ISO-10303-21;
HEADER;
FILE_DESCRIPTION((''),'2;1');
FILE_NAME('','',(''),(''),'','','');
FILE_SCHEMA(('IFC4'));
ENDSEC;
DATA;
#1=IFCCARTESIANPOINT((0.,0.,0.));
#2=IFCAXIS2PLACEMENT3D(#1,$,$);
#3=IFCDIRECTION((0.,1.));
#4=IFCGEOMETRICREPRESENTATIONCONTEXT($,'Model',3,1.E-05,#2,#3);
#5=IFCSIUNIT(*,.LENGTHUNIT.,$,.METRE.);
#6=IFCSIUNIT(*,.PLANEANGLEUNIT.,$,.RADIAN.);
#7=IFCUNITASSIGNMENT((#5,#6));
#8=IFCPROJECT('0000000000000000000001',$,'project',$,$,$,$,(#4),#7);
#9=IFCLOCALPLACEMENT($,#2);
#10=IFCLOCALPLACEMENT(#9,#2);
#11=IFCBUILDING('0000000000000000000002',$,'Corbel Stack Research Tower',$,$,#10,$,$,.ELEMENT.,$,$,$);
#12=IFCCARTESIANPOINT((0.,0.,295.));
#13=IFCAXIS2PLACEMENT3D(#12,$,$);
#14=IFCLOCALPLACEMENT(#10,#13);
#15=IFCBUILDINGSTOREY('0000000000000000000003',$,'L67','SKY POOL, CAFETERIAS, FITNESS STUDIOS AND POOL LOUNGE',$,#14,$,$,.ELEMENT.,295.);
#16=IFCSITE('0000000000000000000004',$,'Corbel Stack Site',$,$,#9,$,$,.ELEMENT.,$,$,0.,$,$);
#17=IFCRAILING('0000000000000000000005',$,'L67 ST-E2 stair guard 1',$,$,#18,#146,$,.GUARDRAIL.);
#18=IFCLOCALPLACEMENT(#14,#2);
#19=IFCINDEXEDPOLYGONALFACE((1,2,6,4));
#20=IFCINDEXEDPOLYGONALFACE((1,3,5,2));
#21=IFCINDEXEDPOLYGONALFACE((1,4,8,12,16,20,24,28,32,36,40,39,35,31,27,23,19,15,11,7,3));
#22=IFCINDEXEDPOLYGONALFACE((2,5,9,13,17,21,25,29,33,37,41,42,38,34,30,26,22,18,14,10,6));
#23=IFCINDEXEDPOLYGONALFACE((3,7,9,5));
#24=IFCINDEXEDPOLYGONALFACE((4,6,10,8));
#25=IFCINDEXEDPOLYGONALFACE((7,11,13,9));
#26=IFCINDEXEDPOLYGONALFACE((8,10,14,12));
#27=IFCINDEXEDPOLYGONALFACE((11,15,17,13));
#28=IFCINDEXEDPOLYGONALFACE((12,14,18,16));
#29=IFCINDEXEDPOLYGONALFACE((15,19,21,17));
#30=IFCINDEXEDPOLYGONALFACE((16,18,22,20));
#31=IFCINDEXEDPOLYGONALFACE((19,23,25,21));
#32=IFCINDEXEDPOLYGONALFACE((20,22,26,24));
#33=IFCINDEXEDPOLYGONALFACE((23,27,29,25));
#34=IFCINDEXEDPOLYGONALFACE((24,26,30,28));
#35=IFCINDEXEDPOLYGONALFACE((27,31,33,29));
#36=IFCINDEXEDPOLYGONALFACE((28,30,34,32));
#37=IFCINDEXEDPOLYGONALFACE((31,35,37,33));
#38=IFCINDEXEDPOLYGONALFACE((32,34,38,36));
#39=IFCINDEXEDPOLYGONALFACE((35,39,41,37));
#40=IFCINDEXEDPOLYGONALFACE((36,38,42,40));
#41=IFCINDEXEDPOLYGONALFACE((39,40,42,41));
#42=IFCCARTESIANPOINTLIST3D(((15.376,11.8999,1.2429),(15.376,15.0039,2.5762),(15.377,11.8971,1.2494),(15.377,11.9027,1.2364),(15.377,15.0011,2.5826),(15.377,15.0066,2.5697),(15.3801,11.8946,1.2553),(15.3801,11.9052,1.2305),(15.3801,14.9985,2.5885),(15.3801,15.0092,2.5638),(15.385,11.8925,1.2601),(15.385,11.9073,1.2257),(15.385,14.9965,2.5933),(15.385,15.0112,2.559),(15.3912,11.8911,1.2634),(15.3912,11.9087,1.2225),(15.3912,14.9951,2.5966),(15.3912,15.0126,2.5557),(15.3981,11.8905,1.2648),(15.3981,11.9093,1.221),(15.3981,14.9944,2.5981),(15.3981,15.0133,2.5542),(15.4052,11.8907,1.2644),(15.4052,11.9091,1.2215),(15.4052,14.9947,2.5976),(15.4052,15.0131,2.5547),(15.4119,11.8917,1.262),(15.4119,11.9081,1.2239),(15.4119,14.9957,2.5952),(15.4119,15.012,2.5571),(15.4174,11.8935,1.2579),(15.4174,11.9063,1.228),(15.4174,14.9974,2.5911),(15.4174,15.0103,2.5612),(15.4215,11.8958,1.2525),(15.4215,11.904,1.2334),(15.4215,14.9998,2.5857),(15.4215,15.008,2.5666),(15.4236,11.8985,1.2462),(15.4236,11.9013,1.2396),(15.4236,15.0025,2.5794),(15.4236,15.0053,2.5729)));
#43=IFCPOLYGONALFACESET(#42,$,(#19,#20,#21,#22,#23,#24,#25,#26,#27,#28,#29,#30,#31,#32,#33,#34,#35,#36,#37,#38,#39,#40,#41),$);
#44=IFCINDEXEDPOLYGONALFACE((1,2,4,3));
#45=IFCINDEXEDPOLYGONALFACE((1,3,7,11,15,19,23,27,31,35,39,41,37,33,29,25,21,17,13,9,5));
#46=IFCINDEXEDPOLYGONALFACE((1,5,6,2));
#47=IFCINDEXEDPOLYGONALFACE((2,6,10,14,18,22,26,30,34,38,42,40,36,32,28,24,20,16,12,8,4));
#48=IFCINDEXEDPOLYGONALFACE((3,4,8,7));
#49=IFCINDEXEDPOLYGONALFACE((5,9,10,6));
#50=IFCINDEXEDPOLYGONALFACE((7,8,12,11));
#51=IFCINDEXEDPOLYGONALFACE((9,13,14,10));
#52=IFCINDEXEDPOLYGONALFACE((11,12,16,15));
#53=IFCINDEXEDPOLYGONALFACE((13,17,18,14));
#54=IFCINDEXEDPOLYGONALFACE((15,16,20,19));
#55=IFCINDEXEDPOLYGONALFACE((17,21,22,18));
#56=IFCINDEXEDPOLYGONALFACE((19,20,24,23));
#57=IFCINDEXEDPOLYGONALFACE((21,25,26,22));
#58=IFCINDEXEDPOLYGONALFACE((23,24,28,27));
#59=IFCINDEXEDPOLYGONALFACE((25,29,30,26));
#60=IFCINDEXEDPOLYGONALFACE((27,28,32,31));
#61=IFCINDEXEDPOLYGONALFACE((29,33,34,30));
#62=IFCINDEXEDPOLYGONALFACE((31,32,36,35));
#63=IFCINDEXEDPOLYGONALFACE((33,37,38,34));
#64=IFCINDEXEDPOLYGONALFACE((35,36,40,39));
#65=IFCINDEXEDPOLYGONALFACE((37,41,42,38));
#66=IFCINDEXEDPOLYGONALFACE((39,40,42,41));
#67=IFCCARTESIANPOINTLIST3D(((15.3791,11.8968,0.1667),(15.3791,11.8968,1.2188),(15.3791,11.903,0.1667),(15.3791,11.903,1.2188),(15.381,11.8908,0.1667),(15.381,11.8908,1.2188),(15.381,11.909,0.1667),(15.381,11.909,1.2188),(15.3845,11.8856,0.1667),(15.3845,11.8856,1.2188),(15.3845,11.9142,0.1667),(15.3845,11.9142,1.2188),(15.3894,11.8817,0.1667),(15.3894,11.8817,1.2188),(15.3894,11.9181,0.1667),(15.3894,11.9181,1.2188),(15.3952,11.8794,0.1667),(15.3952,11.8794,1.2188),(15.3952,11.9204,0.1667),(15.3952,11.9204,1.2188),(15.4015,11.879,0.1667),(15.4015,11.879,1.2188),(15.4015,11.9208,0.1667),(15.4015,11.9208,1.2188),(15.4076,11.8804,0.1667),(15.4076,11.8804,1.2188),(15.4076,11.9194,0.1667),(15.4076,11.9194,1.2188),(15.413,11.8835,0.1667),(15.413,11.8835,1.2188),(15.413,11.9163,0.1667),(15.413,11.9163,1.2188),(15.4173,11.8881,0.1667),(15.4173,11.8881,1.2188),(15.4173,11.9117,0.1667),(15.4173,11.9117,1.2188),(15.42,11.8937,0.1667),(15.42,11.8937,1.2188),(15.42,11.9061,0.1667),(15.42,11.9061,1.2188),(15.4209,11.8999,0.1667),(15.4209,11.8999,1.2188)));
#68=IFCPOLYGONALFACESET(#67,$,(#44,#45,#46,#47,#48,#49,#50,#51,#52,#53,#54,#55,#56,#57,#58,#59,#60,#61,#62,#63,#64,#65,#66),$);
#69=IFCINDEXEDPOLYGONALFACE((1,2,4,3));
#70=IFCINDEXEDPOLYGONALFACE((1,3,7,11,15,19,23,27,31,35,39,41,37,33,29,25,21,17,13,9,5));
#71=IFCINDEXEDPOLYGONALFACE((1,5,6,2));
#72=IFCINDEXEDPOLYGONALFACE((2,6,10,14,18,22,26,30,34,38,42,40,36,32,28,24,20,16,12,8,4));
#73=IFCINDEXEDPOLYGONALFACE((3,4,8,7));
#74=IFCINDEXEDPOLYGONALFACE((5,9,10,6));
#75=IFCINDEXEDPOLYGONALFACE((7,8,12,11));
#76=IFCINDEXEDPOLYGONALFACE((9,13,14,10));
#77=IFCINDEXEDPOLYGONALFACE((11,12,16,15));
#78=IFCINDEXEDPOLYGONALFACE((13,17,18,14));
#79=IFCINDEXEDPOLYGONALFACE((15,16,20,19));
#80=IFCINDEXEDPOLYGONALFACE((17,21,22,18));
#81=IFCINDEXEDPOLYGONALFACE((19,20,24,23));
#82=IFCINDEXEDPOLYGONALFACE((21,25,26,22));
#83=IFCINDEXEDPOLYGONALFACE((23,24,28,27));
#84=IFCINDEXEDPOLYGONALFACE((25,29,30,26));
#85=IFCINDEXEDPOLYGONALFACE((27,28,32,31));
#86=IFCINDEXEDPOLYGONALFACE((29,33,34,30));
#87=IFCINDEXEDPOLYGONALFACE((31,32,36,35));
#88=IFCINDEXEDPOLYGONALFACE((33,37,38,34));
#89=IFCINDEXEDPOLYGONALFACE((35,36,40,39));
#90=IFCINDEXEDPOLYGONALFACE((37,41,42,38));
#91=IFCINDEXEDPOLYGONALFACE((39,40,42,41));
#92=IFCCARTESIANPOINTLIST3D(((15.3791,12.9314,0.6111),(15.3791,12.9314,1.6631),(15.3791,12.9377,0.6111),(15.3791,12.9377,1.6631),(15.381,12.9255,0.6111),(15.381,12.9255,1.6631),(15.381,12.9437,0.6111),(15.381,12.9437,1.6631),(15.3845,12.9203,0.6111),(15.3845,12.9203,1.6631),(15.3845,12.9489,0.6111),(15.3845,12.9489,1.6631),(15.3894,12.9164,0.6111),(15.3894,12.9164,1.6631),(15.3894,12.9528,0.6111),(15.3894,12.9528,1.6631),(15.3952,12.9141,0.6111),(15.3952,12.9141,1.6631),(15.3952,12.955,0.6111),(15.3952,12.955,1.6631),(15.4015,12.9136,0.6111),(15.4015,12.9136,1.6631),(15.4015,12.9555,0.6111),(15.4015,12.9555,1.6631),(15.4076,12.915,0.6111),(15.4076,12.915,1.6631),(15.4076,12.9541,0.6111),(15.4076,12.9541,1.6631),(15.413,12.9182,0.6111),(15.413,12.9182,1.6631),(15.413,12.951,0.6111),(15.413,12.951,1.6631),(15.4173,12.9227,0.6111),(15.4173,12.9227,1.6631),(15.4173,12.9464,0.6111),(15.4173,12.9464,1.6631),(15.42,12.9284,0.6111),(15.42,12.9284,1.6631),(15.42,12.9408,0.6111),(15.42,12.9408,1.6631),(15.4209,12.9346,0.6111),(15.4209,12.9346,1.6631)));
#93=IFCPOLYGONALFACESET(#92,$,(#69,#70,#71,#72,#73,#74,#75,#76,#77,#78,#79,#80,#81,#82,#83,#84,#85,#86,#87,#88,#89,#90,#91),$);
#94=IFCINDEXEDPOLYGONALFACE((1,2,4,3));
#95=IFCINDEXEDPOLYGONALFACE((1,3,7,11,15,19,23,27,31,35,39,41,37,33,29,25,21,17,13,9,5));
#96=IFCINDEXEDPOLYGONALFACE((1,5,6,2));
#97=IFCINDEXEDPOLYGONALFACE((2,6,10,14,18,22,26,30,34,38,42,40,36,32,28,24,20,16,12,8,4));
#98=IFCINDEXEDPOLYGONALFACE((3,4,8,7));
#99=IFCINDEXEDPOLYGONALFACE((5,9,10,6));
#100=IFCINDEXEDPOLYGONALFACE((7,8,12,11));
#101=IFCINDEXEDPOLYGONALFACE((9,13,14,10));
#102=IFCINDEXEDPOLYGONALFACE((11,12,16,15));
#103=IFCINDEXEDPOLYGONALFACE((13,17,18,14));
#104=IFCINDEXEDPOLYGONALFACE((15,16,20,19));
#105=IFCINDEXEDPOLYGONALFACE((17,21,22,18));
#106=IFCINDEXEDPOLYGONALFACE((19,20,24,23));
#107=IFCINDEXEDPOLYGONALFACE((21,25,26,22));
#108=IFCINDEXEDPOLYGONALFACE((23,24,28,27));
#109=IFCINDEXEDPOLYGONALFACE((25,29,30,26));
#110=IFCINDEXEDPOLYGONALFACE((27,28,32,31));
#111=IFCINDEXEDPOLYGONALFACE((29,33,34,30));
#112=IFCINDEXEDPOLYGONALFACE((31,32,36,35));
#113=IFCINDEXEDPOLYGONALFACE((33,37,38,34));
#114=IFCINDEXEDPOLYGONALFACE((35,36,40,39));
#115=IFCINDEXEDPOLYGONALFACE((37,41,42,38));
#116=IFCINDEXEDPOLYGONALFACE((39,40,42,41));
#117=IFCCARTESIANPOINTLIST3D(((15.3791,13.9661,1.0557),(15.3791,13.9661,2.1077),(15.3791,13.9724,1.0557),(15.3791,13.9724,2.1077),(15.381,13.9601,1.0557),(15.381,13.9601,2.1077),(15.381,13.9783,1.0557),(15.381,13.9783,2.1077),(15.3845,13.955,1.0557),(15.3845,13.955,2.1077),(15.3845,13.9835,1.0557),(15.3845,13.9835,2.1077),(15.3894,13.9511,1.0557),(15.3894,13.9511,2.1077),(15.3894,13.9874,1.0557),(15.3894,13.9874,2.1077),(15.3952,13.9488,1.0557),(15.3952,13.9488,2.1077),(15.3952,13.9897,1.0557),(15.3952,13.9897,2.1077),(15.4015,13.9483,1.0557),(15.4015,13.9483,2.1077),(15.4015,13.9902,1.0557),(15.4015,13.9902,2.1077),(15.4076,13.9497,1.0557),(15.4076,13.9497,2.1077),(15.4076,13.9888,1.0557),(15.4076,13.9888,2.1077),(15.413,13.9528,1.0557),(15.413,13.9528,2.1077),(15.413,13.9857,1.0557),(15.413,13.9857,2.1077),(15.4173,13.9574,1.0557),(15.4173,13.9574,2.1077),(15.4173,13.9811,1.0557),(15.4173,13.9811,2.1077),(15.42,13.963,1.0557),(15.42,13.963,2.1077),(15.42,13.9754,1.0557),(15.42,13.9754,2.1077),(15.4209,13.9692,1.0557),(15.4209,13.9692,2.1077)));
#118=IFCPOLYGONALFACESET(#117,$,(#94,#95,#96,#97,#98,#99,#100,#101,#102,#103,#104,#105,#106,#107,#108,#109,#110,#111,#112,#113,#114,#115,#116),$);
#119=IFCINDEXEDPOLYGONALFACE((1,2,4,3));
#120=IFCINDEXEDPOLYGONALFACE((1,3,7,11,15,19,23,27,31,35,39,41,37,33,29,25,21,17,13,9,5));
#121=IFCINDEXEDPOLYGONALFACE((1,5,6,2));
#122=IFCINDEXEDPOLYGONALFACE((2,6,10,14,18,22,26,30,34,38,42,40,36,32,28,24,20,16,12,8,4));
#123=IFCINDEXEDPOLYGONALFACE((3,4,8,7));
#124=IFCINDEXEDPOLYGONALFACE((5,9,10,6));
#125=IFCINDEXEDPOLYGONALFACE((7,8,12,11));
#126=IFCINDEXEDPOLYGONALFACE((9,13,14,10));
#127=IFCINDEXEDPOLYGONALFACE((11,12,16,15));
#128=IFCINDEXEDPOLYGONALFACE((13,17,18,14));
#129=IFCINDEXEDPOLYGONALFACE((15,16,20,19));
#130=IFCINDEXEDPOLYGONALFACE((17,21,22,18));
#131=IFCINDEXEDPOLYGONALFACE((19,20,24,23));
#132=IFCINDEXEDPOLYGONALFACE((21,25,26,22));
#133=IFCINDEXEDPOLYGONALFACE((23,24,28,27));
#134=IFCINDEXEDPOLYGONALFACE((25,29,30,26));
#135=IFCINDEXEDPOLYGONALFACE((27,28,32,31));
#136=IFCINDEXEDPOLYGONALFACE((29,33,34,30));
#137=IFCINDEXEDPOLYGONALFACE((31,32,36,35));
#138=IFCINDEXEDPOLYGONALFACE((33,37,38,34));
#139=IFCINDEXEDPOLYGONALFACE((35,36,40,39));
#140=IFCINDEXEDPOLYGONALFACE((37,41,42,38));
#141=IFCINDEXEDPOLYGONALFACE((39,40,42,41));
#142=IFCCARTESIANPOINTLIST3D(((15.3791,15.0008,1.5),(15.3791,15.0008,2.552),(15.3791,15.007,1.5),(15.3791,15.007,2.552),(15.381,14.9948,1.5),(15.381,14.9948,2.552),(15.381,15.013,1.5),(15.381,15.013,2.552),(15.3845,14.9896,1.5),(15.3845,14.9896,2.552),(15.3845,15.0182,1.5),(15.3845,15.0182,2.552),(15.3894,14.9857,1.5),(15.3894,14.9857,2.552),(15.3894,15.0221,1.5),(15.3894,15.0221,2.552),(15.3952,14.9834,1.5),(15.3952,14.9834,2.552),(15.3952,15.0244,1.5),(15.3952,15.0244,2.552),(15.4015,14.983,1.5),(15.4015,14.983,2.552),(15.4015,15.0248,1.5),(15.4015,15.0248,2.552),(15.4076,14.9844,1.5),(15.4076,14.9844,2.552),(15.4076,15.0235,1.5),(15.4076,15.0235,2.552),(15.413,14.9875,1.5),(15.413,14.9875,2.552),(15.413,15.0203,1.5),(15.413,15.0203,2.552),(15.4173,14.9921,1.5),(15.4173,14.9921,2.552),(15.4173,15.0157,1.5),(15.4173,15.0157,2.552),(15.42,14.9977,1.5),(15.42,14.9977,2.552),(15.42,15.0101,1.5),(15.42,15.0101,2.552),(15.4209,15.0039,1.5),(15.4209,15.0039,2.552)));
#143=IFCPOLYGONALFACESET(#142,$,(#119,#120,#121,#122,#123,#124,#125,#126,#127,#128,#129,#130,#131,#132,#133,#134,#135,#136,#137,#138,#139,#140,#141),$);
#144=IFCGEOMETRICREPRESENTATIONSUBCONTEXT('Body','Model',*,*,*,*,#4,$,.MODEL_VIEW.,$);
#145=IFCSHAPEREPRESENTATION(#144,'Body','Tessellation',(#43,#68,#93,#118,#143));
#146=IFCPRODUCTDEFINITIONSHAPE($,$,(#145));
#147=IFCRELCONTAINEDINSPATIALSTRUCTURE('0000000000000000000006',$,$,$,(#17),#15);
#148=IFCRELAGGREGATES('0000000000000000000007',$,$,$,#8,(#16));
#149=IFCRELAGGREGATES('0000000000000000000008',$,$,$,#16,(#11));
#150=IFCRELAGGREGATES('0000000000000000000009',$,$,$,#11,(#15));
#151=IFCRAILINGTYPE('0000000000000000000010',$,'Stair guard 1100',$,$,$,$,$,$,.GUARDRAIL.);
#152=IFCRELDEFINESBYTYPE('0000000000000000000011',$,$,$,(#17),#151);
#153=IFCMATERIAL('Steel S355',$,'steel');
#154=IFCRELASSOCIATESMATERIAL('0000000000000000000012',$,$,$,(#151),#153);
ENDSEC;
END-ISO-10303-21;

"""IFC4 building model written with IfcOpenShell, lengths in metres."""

from ifc_helpers import new_model, si_unit, direction, frame, origin, origin_2d, place, context, subcontext, project, spatial, circle, extrude, material, type_object, element, save


model = new_model("IFC4")

# Units and contexts
model_context = context("Model", 3, precision=1e-05, world=origin(), true_north=direction((0.0, 1.0)))
body_context = subcontext(model_context, "Body", "Model", "MODEL_VIEW")
ifc_project = project(units=[si_unit("LENGTHUNIT", "METRE"), si_unit("PLANEANGLEUNIT", "RADIAN")], contexts=[model_context])

# Site, building, storey
site_placement = place(None, origin())
site = spatial("IfcSite", under=ifc_project, at=site_placement, Name="Corbel Stack Site", CompositionType="ELEMENT", RefElevation=0.0)
building_placement = place(site_placement, origin())
building = spatial("IfcBuilding", under=site, at=building_placement, Name="Corbel Stack Research Tower", CompositionType="ELEMENT")
storey_placement = place(building_placement, frame((0.0, 0.0, 295.0)))
storey = spatial("IfcBuildingStorey", under=building, at=storey_placement, Name="L67", Description="SKY POOL, CAFETERIAS, FITNESS STUDIOS AND POOL LOUNGE", CompositionType="ELEMENT", Elevation=295.0)

# Railing
ifc_material_1 = material(Name="Steel S355", Category="steel")
railing_type_1 = type_object("IfcRailingType", Name="Stair guard 1100", PredefinedType="GUARDRAIL", material=ifc_material_1)
railing_1_placement = place(storey_placement, frame((15.3999, 11.8999, 0.1667)))
element("IfcRailing", 1, at=railing_1_placement, inside=storey, type_object=railing_type_1, Name="L67 ST-E2 stair guard 1", PredefinedType="GUARDRAIL", context=body_context, shape_type="SweptSolid", body=[
    extrude(circle(Radius=0.0239, at=origin_2d()), frame((0.0, 0.0, 1.0762), z_axis=(0.0, 0.918827, 0.394661), x_axis=(-1.0, 0.0, 0.0)), (0.0, 0.0, 1.0), 3.3782),
    extrude(circle(Radius=0.021, at=origin_2d()), origin(), (0.0, 0.0, 1.0), 1.052),
    extrude(circle(Radius=0.021, at=origin_2d()), frame((0.0, 1.0347, 0.4443)), (0.0, 0.0, 1.0), 1.052),
    extrude(circle(Radius=0.021, at=origin_2d()), frame((0.0, 2.0693, 0.8889)), (0.0, 0.0, 1.0), 1.052),
    extrude(circle(Radius=0.021, at=origin_2d()), frame((0.0, 3.104, 1.3333)), (0.0, 0.0, 1.0), 1.052),
])

save(model, "model.ifc")
